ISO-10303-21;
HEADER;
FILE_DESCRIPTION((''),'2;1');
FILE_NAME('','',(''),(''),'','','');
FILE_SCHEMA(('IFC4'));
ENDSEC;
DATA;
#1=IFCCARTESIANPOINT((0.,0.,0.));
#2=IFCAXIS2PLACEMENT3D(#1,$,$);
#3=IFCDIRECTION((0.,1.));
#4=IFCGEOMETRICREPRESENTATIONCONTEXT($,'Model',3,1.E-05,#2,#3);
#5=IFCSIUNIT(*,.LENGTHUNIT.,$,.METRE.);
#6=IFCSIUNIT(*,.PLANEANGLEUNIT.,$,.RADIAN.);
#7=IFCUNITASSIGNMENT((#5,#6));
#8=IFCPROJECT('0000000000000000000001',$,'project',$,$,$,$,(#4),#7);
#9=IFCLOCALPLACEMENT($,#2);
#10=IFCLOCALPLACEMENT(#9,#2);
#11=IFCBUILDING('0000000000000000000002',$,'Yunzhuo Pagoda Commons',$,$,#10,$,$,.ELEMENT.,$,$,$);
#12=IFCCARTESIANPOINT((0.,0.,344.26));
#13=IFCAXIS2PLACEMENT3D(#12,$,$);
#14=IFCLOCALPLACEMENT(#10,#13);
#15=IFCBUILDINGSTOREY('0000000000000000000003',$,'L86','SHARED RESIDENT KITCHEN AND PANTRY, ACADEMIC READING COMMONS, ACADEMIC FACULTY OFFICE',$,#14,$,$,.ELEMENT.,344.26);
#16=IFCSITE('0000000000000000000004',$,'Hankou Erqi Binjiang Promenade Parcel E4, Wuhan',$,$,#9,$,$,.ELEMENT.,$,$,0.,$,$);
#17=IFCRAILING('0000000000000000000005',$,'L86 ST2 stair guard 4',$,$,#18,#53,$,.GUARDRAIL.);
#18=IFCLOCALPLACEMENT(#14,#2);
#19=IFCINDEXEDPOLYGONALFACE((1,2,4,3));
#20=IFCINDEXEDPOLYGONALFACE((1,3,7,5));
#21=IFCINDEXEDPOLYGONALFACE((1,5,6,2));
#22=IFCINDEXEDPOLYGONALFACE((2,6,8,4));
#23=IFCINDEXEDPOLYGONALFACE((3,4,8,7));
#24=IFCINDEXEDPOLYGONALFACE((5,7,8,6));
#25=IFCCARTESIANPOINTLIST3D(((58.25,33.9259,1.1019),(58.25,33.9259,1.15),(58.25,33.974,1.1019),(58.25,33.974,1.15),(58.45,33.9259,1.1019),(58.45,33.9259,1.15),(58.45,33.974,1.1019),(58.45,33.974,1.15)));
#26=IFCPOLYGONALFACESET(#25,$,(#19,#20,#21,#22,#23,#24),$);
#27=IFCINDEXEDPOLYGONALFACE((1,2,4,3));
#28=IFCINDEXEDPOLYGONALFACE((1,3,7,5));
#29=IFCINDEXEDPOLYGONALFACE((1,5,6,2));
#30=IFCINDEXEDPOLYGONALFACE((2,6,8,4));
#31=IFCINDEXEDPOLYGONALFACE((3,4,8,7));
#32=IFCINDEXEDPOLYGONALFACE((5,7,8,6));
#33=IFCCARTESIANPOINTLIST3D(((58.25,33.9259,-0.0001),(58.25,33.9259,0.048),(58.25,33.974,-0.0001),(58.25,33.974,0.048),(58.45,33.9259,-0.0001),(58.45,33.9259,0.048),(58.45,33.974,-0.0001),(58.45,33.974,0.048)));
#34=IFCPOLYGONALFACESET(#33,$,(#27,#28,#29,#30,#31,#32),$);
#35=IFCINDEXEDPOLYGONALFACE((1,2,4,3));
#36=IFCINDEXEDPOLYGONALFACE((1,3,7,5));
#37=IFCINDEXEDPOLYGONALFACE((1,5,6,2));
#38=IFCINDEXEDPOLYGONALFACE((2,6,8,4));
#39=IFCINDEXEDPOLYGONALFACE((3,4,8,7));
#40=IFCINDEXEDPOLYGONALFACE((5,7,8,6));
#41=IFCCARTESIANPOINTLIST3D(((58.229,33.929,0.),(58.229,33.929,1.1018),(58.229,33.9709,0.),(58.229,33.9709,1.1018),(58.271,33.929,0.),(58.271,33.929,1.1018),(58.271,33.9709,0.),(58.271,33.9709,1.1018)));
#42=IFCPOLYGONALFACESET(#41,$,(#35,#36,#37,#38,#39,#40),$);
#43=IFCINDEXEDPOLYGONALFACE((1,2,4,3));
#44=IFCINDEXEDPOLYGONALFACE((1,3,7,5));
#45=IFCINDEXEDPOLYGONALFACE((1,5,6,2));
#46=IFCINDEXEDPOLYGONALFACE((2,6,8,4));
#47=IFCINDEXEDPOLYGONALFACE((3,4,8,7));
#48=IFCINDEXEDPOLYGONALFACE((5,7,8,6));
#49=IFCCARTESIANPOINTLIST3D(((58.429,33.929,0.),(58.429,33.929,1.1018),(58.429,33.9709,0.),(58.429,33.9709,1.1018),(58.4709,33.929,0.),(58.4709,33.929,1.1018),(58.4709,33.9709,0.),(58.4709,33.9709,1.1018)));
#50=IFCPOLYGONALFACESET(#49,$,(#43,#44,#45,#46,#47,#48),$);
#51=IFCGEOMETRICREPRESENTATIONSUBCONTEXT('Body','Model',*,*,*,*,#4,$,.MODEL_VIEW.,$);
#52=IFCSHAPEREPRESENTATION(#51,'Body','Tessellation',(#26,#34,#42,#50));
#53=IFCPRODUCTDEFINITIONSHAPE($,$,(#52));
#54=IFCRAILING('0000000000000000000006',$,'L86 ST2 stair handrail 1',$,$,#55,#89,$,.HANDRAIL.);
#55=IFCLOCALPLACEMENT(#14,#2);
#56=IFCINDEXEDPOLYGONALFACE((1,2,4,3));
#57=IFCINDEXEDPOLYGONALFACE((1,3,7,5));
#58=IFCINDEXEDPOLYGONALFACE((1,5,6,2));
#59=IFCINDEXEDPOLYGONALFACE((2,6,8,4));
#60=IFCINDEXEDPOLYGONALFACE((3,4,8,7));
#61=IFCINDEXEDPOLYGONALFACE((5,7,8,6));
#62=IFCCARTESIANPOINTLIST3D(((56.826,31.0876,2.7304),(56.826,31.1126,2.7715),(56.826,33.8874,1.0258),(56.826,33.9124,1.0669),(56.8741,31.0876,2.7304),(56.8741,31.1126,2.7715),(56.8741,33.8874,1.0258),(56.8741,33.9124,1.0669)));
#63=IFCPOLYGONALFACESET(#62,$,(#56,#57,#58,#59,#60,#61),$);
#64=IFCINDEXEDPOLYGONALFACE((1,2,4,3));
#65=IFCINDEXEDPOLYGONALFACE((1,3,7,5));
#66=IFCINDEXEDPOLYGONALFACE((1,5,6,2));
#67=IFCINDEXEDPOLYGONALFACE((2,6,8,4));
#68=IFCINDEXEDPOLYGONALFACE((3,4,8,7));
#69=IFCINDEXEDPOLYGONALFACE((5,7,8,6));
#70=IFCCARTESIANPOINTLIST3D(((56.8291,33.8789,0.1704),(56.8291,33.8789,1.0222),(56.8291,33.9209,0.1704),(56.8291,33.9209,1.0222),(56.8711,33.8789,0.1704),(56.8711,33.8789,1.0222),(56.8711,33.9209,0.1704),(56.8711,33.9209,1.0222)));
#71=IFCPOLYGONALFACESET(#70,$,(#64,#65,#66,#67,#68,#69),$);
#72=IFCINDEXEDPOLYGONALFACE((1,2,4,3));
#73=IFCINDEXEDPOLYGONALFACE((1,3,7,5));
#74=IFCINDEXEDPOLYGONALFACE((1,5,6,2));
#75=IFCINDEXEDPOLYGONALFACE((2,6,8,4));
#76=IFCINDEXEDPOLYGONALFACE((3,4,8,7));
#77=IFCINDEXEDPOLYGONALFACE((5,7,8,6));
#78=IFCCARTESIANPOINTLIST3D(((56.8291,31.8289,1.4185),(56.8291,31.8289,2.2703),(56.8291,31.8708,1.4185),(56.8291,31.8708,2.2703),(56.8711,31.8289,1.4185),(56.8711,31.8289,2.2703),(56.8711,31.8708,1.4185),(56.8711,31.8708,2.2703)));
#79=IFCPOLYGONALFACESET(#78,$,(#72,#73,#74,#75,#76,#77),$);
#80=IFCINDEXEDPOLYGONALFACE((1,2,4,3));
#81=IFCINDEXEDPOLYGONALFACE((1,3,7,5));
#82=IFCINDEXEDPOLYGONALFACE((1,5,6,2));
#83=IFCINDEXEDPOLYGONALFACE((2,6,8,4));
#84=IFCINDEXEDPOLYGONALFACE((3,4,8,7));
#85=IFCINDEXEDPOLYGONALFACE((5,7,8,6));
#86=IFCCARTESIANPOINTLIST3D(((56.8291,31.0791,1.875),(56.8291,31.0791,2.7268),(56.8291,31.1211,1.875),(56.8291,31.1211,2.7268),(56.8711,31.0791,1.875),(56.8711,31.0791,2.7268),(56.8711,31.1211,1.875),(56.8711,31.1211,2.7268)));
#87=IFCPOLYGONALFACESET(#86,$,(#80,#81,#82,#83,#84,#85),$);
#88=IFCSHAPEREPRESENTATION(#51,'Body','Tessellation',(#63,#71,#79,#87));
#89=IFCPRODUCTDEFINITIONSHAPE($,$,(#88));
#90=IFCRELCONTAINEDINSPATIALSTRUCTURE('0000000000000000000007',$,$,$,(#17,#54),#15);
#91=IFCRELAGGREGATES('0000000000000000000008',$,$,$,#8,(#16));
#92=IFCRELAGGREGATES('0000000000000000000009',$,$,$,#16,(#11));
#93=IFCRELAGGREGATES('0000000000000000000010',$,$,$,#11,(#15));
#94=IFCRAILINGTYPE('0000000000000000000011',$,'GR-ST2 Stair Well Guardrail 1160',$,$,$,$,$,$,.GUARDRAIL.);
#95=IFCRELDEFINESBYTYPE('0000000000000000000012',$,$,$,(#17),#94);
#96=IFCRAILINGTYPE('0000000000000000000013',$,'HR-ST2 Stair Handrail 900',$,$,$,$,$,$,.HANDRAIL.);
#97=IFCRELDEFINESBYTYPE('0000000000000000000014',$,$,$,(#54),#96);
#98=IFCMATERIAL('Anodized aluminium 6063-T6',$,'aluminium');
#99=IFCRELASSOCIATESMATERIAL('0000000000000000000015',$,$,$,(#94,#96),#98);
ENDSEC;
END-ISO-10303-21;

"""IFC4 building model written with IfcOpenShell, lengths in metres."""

from ifc_helpers import new_model, si_unit, direction, frame, origin, origin_2d, place, context, subcontext, project, spatial, rectangle, extrude, material, type_object, element, save


model = new_model("IFC4")

# Units and contexts
model_context = context("Model", 3, precision=1e-05, world=origin(), true_north=direction((0.0, 1.0)))
body_context = subcontext(model_context, "Body", "Model", "MODEL_VIEW")
ifc_project = project(units=[si_unit("LENGTHUNIT", "METRE"), si_unit("PLANEANGLEUNIT", "RADIAN")], contexts=[model_context])

# Site, building, storey
site_placement = place(None, origin())
site = spatial("IfcSite", under=ifc_project, at=site_placement, Name="Hankou Erqi Binjiang Promenade Parcel E4, Wuhan", CompositionType="ELEMENT", RefElevation=0.0)
building_placement = place(site_placement, origin())
building = spatial("IfcBuilding", under=site, at=building_placement, Name="Yunzhuo Pagoda Commons", CompositionType="ELEMENT")
storey_placement = place(building_placement, frame((0.0, 0.0, 344.26)))
storey = spatial("IfcBuildingStorey", under=building, at=storey_placement, Name="L86", Description="SHARED RESIDENT KITCHEN AND PANTRY, ACADEMIC READING COMMONS, ACADEMIC FACULTY OFFICE", CompositionType="ELEMENT", Elevation=344.26)

# Railings
ifc_material_1 = material(Name="Anodized aluminium 6063-T6", Category="aluminium")
railing_type_1 = type_object("IfcRailingType", Name="GR-ST2 Stair Well Guardrail 1160", PredefinedType="GUARDRAIL", material=ifc_material_1)
railing_1_placement = place(storey_placement, frame((58.25, 33.95, 0.0)))
element("IfcRailing", 1, at=railing_1_placement, inside=storey, type_object=railing_type_1, Name="L86 ST2 stair guard 4", PredefinedType="GUARDRAIL", context=body_context, shape_type="SweptSolid", body=[
    extrude(rectangle(XDim=0.0481, YDim=0.0481, at=origin_2d()), frame((0.0, 0.0, 1.126), z_axis=(1.0, 0.0, 0.0), x_axis=(0.0, 1.0, 0.0)), (0.0, 0.0, 1.0), 0.2),
    extrude(rectangle(XDim=0.0481, YDim=0.0481, at=origin_2d()), frame((0.0, 0.0, 0.0239), z_axis=(1.0, 0.0, 0.0), x_axis=(0.0, 1.0, 0.0)), (0.0, 0.0, 1.0), 0.2),
    extrude(rectangle(XDim=0.042, YDim=0.042, at=origin_2d()), origin(), (0.0, 0.0, 1.0), 1.1018),
    extrude(rectangle(XDim=0.042, YDim=0.042, at=origin_2d()), frame((0.2, 0.0, 0.0)), (0.0, 0.0, 1.0), 1.1018),
])
railing_type_2 = type_object("IfcRailingType", Name="HR-ST2 Stair Handrail 900", PredefinedType="HANDRAIL", material=ifc_material_1)
railing_2_placement = place(storey_placement, frame((56.8501, 33.8999, 0.1704)))
element("IfcRailing", 2, at=railing_2_placement, inside=storey, type_object=railing_type_2, Name="L86 ST2 stair handrail 1", PredefinedType="HANDRAIL", context=body_context, shape_type="SweptSolid", body=[
    extrude(rectangle(XDim=0.0481, YDim=0.0481, at=origin_2d()), frame((0.0, 0.0, 0.876), z_axis=(0.0, -0.85415, 0.520027), x_axis=(1.0, 0.0, 0.0)), (0.0, 0.0, 1.0), 3.2778),
    extrude(rectangle(XDim=0.042, YDim=0.042, at=origin_2d()), origin(), (0.0, 0.0, 1.0), 0.8518),
    extrude(rectangle(XDim=0.042, YDim=0.042, at=origin_2d()), frame((0.0, -2.05, 1.248)), (0.0, 0.0, 1.0), 0.8518),
    extrude(rectangle(XDim=0.042, YDim=0.042, at=origin_2d()), frame((0.0, -2.7998, 1.7046)), (0.0, 0.0, 1.0), 0.8518),
])

save(model, "model.ifc")
